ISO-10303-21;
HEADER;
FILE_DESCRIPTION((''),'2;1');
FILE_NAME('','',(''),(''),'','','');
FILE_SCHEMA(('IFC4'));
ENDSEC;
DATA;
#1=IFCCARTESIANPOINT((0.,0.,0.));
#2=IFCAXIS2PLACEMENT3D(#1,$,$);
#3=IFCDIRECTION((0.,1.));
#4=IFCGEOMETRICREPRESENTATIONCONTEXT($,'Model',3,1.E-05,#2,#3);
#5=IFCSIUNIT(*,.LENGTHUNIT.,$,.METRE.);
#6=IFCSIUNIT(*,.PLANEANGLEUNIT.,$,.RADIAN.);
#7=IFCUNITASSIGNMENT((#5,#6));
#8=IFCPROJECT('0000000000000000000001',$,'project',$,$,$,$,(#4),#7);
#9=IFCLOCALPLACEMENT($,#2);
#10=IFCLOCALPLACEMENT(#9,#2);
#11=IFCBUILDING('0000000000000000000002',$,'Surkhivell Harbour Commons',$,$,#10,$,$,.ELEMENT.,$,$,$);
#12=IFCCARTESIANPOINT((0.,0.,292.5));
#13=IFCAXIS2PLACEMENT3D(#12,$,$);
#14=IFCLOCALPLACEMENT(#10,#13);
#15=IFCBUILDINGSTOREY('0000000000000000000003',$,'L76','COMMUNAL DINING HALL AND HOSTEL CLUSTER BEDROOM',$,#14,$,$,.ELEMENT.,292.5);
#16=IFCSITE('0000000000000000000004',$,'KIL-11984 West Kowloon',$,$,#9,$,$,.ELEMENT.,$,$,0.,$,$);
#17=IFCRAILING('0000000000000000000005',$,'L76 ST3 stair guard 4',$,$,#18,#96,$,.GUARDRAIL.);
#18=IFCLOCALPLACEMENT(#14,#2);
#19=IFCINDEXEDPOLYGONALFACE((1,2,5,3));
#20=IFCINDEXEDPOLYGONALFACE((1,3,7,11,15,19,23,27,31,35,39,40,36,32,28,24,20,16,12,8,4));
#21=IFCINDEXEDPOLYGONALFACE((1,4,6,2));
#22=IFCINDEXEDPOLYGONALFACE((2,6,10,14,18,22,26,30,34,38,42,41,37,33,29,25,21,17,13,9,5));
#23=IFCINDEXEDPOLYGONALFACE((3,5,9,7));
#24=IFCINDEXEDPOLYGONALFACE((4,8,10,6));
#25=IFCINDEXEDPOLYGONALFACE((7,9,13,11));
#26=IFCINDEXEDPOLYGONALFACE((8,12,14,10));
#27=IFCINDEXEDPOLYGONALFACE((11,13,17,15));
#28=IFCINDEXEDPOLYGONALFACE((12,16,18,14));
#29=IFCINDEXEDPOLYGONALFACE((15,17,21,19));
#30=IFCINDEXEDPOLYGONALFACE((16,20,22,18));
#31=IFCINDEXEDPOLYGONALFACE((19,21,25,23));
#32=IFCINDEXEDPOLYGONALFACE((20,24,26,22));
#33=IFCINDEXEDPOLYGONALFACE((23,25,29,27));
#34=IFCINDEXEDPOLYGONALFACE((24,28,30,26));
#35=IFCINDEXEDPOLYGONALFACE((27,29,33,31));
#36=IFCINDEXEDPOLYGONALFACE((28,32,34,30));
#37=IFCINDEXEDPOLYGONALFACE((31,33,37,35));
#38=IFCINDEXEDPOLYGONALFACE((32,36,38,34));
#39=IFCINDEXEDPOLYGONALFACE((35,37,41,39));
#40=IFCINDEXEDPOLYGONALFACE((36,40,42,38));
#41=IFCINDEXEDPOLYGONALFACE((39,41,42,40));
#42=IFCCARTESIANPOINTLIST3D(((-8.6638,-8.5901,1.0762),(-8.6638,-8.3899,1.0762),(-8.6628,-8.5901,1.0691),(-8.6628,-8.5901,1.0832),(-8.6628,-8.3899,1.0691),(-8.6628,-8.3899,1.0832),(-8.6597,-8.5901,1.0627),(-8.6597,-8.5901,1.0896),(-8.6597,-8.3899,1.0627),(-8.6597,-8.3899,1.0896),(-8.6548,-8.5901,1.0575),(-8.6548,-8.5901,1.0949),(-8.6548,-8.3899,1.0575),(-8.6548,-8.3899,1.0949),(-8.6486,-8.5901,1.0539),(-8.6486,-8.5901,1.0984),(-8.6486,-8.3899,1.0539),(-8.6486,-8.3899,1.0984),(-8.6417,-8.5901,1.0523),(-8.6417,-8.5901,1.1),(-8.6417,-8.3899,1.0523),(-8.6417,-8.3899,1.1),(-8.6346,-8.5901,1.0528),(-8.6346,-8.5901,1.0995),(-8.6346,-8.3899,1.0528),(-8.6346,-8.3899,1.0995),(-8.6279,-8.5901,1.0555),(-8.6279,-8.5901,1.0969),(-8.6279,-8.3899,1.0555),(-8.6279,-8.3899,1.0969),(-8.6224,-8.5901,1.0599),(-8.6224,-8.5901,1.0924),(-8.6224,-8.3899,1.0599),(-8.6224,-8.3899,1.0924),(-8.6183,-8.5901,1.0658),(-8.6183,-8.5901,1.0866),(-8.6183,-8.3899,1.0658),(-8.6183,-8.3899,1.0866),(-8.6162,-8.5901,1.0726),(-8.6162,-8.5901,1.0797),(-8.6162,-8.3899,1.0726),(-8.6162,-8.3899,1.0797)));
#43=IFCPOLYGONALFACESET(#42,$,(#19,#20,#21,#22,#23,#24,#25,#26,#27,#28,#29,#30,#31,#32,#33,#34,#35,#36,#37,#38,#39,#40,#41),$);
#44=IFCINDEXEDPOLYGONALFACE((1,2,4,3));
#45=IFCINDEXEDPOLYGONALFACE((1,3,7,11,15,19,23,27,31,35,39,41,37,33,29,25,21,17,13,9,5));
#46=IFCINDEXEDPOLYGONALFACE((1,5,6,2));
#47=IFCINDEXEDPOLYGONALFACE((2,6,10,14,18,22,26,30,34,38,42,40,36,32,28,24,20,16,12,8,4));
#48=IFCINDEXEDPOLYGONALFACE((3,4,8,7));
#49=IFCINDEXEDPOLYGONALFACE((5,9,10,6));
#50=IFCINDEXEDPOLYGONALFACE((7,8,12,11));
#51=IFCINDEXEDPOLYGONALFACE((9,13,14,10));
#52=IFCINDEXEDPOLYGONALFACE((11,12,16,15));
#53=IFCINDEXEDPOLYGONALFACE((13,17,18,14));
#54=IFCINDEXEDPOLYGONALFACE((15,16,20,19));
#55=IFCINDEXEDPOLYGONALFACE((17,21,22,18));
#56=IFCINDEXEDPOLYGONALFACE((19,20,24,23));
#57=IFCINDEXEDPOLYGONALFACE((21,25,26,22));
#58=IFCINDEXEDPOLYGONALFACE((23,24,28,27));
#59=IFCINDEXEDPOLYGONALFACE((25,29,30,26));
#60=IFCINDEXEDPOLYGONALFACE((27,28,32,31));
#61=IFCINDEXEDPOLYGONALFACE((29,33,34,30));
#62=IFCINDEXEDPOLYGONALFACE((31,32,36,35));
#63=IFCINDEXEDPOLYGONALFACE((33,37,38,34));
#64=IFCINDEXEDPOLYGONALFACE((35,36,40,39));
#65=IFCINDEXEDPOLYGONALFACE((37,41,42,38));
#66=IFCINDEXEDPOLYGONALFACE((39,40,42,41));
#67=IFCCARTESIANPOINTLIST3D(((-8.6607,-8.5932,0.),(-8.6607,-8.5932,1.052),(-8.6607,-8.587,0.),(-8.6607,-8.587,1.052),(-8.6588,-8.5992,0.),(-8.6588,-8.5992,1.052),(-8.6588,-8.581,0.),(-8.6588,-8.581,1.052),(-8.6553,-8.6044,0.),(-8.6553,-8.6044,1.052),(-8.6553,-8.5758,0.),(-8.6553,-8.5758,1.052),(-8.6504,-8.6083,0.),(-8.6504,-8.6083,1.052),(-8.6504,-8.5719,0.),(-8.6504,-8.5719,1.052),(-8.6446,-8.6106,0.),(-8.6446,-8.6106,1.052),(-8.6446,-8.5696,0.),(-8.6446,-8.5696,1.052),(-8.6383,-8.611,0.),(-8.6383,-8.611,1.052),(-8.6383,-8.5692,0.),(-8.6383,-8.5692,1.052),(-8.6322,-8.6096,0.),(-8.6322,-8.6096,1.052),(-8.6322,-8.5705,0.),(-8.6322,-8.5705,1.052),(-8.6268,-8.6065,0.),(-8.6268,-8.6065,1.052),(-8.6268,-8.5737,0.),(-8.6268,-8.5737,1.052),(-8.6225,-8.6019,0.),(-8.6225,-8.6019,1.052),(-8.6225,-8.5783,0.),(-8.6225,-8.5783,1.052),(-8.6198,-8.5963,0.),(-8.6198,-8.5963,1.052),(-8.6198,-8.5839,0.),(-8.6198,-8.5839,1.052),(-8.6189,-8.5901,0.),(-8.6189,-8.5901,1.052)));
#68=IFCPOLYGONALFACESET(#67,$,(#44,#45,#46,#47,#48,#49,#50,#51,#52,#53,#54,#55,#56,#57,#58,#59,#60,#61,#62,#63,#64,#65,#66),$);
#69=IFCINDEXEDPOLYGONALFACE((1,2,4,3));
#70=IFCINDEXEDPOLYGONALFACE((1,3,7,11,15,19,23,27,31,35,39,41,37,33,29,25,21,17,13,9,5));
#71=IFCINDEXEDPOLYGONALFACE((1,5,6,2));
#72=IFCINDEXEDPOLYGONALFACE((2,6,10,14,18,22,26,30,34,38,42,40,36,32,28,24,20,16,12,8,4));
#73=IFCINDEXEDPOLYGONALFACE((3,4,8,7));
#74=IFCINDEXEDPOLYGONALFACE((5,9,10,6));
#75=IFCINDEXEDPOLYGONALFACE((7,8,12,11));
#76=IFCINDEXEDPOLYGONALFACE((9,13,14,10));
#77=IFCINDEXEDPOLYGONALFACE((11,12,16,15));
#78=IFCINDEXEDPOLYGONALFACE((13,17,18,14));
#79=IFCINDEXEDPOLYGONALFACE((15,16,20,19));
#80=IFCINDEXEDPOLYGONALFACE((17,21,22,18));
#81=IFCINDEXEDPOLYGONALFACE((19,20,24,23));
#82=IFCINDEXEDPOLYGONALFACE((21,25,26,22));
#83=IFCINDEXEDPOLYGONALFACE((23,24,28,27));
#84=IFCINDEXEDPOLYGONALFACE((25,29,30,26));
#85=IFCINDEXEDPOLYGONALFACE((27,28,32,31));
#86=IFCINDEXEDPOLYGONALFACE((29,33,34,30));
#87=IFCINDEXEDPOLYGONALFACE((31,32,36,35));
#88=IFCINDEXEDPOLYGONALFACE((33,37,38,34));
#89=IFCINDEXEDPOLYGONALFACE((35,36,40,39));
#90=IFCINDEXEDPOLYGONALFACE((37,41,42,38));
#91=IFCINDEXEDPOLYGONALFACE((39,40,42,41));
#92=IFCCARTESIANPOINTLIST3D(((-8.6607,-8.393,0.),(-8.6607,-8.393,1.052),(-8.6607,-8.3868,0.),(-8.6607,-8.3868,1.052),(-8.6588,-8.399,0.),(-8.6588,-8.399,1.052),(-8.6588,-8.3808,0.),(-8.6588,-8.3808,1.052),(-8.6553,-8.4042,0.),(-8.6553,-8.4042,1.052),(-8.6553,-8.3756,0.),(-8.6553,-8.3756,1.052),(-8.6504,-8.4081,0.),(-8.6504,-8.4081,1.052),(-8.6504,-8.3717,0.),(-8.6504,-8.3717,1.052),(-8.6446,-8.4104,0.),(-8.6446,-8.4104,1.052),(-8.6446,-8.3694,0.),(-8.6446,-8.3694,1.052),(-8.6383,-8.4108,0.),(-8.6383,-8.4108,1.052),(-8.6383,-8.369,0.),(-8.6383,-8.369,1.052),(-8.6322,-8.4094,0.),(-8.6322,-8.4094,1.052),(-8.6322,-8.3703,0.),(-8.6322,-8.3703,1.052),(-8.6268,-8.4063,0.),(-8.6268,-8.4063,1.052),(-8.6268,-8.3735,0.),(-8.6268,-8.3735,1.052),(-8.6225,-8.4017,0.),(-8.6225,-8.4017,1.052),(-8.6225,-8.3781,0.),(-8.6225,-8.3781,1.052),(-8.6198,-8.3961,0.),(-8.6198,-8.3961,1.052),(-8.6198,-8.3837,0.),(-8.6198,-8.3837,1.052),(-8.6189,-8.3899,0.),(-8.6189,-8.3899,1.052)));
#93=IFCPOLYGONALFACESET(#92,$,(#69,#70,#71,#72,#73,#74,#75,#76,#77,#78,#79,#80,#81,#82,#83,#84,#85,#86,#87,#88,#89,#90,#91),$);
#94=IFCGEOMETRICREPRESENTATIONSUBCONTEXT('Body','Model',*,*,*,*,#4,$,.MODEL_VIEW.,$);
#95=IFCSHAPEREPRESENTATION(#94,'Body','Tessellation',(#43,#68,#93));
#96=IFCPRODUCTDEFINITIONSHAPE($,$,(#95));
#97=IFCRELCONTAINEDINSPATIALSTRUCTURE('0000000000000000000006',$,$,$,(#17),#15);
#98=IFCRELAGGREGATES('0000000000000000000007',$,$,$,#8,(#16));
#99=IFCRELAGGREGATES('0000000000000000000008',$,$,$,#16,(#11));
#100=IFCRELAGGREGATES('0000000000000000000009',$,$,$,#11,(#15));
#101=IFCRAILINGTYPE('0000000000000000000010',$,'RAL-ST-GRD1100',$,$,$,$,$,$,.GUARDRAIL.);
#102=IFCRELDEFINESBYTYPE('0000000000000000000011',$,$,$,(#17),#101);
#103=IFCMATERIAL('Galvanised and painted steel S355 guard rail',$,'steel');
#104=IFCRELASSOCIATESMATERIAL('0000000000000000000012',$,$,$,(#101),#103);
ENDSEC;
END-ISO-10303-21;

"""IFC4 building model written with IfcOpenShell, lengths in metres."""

from ifc_helpers import new_model, si_unit, direction, frame, origin, origin_2d, place, context, subcontext, project, spatial, circle, extrude, material, type_object, element, save


model = new_model("IFC4")

# Units and contexts
model_context = context("Model", 3, precision=1e-05, world=origin(), true_north=direction((0.0, 1.0)))
body_context = subcontext(model_context, "Body", "Model", "MODEL_VIEW")
ifc_project = project(units=[si_unit("LENGTHUNIT", "METRE"), si_unit("PLANEANGLEUNIT", "RADIAN")], contexts=[model_context])

# Site, building, storey
site_placement = place(None, origin())
site = spatial("IfcSite", under=ifc_project, at=site_placement, Name="KIL-11984 West Kowloon", CompositionType="ELEMENT", RefElevation=0.0)
building_placement = place(site_placement, origin())
building = spatial("IfcBuilding", under=site, at=building_placement, Name="Surkhivell Harbour Commons", CompositionType="ELEMENT")
storey_placement = place(building_placement, frame((0.0, 0.0, 292.5)))
storey = spatial("IfcBuildingStorey", under=building, at=storey_placement, Name="L76", Description="COMMUNAL DINING HALL AND HOSTEL CLUSTER BEDROOM", CompositionType="ELEMENT", Elevation=292.5)

# Railing
ifc_material_1 = material(Name="Galvanised and painted steel S355 guard rail", Category="steel")
railing_type_1 = type_object("IfcRailingType", Name="RAL-ST-GRD1100", PredefinedType="GUARDRAIL", material=ifc_material_1)
railing_1_placement = place(storey_placement, frame((-8.6399, -8.5901, 0.0)))
element("IfcRailing", 1, at=railing_1_placement, inside=storey, type_object=railing_type_1, Name="L76 ST3 stair guard 4", PredefinedType="GUARDRAIL", context=body_context, shape_type="SweptSolid", body=[
    extrude(circle(Radius=0.0239, at=origin_2d()), frame((0.0, 0.0, 1.0762), z_axis=(0.0, 1.0, 0.0), x_axis=(-1.0, 0.0, 0.0)), (0.0, 0.0, 1.0), 0.2002),
    extrude(circle(Radius=0.021, at=origin_2d()), origin(), (0.0, 0.0, 1.0), 1.052),
    extrude(circle(Radius=0.021, at=origin_2d()), frame((0.0, 0.2002, 0.0)), (0.0, 0.0, 1.0), 1.052),
])

save(model, "model.ifc")
